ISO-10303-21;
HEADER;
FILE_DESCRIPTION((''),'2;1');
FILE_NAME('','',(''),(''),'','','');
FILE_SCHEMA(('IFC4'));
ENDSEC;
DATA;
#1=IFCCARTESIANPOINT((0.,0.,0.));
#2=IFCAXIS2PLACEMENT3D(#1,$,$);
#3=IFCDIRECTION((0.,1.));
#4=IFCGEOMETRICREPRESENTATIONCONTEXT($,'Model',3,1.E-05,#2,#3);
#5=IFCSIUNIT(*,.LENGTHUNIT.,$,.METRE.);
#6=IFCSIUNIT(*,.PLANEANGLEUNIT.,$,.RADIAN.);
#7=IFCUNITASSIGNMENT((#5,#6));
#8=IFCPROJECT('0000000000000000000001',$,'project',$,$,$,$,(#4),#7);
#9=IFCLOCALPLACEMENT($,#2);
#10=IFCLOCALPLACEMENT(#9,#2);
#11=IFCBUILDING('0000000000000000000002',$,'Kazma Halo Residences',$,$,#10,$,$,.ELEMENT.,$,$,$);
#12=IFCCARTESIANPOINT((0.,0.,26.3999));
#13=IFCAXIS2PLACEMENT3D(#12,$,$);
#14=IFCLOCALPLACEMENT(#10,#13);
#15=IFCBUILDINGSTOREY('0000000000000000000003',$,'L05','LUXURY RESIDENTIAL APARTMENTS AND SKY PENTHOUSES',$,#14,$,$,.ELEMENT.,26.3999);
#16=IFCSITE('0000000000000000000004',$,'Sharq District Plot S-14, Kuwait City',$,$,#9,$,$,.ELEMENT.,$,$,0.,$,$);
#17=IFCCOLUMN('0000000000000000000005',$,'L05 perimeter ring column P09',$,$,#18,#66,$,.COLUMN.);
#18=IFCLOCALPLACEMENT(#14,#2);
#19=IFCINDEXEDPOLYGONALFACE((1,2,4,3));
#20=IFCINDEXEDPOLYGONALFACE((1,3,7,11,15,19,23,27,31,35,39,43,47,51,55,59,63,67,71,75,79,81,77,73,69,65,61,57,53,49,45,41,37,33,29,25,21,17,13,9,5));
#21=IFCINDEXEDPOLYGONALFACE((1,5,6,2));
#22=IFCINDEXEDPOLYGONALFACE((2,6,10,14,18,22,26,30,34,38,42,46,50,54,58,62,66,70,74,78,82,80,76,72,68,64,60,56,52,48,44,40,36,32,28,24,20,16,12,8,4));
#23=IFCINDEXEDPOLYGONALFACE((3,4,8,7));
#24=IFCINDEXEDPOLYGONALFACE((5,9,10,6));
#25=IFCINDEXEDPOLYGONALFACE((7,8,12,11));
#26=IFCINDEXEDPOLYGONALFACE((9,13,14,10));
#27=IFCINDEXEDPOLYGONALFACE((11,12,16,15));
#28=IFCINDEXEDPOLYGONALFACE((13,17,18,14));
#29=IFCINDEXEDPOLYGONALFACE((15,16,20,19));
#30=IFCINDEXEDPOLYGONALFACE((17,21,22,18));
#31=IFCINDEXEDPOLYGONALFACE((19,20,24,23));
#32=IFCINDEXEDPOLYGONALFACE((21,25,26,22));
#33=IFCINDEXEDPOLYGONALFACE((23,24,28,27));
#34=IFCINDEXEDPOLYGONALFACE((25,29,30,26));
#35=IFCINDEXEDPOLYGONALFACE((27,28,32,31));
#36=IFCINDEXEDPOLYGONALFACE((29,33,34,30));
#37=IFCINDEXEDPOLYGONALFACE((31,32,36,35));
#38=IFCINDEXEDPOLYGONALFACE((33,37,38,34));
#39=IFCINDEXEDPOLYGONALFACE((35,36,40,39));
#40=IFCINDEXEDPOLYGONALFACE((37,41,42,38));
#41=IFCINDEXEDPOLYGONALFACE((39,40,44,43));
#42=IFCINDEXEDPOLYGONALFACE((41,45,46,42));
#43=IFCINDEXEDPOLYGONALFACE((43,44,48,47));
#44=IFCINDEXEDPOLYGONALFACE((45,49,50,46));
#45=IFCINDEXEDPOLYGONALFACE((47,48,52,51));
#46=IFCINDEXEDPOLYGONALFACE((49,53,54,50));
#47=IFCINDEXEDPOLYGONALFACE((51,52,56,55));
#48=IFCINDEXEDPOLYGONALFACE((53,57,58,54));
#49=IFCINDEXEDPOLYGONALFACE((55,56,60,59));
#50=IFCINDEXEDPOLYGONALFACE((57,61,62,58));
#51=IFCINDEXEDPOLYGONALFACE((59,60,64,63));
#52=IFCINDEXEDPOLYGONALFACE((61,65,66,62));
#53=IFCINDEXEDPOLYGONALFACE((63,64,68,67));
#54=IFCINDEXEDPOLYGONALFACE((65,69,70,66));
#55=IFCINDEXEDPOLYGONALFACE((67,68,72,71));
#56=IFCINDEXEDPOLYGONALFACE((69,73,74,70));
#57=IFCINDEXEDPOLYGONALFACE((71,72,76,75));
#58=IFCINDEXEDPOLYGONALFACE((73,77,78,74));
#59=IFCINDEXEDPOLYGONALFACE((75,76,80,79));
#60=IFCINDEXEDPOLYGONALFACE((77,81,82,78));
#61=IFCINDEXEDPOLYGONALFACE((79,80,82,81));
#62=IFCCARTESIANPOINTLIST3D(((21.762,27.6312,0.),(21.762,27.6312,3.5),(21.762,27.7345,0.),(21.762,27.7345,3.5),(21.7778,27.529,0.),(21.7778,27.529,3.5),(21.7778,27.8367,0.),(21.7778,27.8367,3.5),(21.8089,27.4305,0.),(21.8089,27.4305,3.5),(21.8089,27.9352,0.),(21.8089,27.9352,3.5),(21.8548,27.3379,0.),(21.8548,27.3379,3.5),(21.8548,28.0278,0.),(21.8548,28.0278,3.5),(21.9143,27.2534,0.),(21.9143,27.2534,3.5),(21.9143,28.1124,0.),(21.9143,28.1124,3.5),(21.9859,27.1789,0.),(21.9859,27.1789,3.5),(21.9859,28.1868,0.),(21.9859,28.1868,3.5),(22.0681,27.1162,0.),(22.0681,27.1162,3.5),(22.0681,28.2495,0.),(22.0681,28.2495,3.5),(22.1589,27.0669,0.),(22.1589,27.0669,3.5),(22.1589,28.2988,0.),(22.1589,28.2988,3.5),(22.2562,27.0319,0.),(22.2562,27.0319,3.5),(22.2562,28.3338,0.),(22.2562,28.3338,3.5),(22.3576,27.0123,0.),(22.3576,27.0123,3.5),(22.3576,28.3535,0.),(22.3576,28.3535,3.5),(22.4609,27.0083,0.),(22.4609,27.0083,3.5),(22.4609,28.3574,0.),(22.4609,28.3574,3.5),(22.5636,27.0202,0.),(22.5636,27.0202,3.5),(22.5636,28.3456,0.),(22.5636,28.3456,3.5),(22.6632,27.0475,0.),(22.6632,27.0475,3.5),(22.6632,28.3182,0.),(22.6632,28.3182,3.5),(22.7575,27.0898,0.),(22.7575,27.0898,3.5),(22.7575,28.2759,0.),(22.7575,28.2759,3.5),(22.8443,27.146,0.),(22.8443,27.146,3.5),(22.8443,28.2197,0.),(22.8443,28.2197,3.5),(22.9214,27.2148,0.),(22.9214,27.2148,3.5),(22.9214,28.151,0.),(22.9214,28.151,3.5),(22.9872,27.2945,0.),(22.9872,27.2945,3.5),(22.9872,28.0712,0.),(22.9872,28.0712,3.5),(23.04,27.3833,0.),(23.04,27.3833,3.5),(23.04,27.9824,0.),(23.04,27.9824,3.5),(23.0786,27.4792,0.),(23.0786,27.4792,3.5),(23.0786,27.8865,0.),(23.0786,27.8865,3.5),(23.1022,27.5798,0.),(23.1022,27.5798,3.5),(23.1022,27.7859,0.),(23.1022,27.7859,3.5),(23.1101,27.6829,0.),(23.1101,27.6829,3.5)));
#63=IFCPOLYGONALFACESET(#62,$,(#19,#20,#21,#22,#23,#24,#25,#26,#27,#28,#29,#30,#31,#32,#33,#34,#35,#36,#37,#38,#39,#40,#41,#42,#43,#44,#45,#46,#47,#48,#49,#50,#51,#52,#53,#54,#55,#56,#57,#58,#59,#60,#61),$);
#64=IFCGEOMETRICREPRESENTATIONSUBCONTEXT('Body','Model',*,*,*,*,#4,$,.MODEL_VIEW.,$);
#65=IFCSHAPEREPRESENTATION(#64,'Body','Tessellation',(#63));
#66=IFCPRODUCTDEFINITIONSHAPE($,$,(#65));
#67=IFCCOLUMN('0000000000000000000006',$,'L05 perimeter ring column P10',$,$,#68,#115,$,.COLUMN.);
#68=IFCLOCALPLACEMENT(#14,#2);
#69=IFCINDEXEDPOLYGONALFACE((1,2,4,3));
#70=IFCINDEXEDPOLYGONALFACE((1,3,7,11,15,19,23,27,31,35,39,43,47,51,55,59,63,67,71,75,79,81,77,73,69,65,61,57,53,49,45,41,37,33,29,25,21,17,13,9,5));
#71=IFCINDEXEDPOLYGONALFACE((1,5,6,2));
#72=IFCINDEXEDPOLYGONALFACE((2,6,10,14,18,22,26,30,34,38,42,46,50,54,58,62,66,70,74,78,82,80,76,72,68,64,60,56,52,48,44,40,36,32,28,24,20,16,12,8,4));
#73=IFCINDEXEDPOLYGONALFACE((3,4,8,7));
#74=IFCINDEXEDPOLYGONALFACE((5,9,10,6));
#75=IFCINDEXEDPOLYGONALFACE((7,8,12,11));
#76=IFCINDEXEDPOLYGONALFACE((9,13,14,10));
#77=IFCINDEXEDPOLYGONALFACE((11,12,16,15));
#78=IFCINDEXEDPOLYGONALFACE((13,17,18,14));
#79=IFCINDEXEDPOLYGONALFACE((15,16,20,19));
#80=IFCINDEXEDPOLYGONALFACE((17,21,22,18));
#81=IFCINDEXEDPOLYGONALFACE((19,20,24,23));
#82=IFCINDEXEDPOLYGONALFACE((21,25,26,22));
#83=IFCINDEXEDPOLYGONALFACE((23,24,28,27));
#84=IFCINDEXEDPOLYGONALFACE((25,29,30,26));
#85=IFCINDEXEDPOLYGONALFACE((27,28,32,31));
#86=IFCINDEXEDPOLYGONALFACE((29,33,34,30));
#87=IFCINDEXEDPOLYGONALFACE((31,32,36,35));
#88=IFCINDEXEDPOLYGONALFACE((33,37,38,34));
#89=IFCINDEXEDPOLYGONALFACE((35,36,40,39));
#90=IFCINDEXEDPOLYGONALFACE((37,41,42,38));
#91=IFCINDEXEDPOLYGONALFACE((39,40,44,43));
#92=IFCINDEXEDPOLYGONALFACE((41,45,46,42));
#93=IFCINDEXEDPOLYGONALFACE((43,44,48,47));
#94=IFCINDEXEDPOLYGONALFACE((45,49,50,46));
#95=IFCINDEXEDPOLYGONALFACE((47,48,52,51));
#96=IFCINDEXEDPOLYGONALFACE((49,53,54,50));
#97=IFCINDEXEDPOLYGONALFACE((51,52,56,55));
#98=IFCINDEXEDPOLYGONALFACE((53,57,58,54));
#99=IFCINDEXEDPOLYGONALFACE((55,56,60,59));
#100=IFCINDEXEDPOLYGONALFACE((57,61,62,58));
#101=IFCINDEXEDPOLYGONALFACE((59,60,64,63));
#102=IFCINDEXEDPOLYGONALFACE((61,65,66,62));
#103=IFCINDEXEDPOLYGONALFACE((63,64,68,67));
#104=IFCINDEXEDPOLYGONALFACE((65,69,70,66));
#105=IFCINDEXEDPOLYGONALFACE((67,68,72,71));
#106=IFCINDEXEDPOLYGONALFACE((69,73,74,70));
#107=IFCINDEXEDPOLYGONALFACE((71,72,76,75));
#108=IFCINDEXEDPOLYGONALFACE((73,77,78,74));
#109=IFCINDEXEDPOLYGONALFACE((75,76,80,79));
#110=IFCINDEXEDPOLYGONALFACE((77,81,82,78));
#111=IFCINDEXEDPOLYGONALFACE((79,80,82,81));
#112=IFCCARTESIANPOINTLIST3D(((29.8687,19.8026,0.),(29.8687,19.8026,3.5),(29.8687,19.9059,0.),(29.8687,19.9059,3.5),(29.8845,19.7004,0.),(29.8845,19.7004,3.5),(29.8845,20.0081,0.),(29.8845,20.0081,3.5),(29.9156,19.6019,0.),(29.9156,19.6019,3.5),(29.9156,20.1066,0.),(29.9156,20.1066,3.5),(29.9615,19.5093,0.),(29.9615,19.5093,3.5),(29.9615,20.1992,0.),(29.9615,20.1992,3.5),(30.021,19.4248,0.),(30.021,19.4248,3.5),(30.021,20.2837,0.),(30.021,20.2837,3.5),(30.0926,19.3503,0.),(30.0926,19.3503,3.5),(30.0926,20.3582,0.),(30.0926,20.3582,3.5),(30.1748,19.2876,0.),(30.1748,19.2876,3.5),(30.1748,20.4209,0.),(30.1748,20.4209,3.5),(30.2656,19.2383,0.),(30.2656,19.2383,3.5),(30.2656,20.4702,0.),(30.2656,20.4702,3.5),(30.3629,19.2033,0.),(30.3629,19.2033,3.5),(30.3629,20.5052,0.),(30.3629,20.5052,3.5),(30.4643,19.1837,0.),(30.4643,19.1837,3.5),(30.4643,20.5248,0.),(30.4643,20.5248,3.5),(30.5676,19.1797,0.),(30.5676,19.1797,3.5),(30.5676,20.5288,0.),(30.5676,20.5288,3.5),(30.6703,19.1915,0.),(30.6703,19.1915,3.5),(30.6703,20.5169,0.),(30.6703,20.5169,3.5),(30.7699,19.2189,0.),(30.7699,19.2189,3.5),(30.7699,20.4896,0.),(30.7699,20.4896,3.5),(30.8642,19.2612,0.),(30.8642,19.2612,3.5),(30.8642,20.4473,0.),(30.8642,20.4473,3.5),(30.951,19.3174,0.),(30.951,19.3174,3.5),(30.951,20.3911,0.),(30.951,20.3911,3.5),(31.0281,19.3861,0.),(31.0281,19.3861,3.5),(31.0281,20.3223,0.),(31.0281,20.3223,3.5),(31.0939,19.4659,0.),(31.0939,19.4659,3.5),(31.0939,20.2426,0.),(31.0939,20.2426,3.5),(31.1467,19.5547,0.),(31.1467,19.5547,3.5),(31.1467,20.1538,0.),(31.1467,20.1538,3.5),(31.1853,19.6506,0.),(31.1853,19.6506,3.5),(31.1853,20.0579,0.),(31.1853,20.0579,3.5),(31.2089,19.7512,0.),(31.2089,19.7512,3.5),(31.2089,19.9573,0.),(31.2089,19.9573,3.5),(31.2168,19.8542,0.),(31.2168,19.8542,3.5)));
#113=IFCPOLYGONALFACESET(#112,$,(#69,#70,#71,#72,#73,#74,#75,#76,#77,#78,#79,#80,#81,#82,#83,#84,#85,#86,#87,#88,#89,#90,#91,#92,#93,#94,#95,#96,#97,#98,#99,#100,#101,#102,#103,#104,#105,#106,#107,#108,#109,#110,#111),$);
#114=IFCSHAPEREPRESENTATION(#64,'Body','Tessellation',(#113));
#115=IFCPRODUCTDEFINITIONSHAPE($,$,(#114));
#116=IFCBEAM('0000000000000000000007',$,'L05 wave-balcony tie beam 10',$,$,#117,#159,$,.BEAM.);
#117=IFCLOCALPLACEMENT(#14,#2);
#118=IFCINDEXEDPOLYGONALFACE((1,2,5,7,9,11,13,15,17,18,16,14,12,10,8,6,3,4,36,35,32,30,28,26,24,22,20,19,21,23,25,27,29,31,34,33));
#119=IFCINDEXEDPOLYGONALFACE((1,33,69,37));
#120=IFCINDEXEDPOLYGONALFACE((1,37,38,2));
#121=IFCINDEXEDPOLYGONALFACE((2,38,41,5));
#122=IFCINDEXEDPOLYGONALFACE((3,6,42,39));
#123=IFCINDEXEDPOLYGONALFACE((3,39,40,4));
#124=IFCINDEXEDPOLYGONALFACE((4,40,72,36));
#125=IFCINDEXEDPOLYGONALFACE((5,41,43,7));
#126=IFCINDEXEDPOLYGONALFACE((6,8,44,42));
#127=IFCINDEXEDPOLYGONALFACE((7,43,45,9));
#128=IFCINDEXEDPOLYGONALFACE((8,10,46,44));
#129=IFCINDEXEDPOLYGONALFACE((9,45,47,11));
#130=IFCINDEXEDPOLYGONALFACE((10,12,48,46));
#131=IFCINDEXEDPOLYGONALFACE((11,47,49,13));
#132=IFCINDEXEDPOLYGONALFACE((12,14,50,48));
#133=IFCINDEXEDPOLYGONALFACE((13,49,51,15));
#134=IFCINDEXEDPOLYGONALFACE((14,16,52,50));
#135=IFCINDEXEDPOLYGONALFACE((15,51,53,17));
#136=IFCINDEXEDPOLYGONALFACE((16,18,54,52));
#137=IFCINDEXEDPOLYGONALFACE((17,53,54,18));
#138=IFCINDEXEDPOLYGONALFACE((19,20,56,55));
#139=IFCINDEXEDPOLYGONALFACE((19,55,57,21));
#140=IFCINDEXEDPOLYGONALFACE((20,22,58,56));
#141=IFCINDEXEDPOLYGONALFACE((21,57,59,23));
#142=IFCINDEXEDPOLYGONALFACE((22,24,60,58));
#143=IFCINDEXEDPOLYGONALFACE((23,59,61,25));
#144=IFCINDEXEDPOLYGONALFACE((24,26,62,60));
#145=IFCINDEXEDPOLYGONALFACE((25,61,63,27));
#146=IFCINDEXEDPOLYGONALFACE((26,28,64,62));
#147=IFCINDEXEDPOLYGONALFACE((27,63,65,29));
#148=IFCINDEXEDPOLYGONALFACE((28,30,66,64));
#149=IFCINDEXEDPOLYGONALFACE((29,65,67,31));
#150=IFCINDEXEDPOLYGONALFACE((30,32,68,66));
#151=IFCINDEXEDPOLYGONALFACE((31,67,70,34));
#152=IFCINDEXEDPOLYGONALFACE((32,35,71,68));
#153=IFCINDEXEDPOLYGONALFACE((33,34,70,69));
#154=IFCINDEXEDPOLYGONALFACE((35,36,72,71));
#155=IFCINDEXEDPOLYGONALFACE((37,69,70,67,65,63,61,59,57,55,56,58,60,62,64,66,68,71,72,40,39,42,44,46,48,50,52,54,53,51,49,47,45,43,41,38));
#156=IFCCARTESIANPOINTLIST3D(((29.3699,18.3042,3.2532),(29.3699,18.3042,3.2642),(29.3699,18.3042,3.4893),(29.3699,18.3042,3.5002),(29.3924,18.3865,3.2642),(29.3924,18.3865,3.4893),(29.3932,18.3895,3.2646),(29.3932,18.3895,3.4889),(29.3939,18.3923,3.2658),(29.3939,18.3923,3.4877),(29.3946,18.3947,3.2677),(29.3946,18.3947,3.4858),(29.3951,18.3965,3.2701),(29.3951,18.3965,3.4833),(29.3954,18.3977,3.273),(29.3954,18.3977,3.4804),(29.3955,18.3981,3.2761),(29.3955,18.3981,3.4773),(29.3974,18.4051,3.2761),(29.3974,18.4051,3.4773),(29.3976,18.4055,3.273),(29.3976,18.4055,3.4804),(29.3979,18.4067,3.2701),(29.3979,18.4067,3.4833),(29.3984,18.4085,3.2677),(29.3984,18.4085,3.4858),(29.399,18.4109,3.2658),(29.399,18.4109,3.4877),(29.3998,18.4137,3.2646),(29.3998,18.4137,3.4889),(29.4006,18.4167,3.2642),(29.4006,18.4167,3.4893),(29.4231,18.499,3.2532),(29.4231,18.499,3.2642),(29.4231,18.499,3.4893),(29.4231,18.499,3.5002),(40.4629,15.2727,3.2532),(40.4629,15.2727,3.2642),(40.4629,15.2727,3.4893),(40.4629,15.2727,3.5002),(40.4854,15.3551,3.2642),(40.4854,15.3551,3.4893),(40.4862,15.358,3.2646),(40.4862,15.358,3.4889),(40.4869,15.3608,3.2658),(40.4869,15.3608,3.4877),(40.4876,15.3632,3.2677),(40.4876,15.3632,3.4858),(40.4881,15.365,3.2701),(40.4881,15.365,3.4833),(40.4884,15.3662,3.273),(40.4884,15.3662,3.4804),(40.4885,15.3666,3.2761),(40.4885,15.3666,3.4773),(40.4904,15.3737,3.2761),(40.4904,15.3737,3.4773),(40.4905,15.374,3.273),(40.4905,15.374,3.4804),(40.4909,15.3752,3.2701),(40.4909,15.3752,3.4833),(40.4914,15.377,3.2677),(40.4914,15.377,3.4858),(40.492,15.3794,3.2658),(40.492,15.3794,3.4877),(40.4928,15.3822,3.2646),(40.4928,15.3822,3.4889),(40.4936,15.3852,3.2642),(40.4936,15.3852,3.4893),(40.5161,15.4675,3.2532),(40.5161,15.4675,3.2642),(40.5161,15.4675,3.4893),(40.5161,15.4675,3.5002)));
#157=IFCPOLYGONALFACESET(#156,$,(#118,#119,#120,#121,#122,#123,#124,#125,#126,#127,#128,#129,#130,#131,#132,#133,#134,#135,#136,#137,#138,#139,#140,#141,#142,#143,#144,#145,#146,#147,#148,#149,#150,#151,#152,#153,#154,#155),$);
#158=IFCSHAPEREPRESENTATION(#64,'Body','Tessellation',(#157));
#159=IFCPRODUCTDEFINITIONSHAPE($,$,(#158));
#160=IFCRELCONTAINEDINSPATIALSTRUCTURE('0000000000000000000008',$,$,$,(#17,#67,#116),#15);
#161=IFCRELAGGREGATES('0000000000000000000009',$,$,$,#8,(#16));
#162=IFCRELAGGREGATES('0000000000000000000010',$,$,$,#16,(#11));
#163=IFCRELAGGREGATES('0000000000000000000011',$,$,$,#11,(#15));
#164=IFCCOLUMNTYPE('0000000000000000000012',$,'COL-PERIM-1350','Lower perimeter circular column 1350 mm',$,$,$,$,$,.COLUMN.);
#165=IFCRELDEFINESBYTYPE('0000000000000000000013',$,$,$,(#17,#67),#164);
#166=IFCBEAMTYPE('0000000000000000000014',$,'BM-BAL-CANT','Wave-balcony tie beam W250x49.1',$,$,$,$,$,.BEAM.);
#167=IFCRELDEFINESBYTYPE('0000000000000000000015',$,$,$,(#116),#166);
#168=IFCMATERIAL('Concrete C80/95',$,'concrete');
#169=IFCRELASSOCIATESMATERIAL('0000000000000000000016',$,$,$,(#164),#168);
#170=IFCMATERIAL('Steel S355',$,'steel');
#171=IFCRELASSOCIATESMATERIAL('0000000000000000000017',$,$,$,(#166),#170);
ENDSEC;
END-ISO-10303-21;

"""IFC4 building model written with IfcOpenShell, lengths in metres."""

from ifc_helpers import new_model, si_unit, direction, frame, origin, origin_2d, place, context, subcontext, project, spatial, circle, i_section, extrude, material, material_profile, profile_set, type_object, element, save


model = new_model("IFC4")

# Units and contexts
model_context = context("Model", 3, precision=1e-05, world=origin(), true_north=direction((0.0, 1.0)))
body_context = subcontext(model_context, "Body", "Model", "MODEL_VIEW")
ifc_project = project(units=[si_unit("LENGTHUNIT", "METRE"), si_unit("PLANEANGLEUNIT", "RADIAN")], contexts=[model_context])

# Site, building, storey
site_placement = place(None, origin())
site = spatial("IfcSite", under=ifc_project, at=site_placement, Name="Sharq District Plot S-14, Kuwait City", CompositionType="ELEMENT", RefElevation=0.0)
building_placement = place(site_placement, origin())
building = spatial("IfcBuilding", under=site, at=building_placement, Name="Kazma Halo Residences", CompositionType="ELEMENT")
storey_placement = place(building_placement, frame((0.0, 0.0, 26.3999)))
storey = spatial("IfcBuildingStorey", under=building, at=storey_placement, Name="L05", Description="LUXURY RESIDENTIAL APARTMENTS AND SKY PENTHOUSES", CompositionType="ELEMENT", Elevation=26.3999)

# Columns
ifc_material_1 = material(Name="Concrete C80/95", Category="concrete")
ifc_material_profile_1 = material_profile(ifc_material_1, circle(Radius=0.675, at=origin_2d()), Name="CIRC1350")
ifc_profile_set_1 = profile_set([ifc_material_profile_1], Name="Concrete C80/95")
column_type = type_object("IfcColumnType", Name="COL-PERIM-1350", Description="Lower perimeter circular column 1350 mm", PredefinedType="COLUMN", material=ifc_profile_set_1)
for number, where, z_axis, x_axis, name in (
    (1, (22.4351, 27.6829, 0.0), (0.0, 0.0, 1.0), (1.0, 0.0, 0.0), "L05 perimeter ring column P09"),
    (2, (30.5417, 19.8542, 0.0), (0.0, 0.0, 1.0), (1.0, 0.0, 0.0), "L05 perimeter ring column P10"),
):
    element("IfcColumn", number, at=place(storey_placement, frame(where, z_axis=z_axis, x_axis=x_axis)), inside=storey, type_object=column_type, Name=name, PredefinedType="COLUMN", context=body_context, shape_type="SweptSolid", body=[
        extrude(circle(Radius=0.675, at=origin_2d()), origin(), (0.0, 0.0, 1.0), 3.5),
    ])

# Beam
ifc_material_2 = material(Name="Steel S355", Category="steel")
ifc_material_profile_2 = material_profile(ifc_material_2, i_section(OverallWidth=0.2019, OverallDepth=0.2471, WebThickness=0.0073, FlangeThickness=0.011, FilletRadius=0.012, at=origin_2d()), Name="W250x49.1")
ifc_profile_set_2 = profile_set([ifc_material_profile_2], Name="Steel S355")
beam_type_1 = type_object("IfcBeamType", Name="BM-BAL-CANT", Description="Wave-balcony tie beam W250x49.1", PredefinedType="BEAM", material=ifc_profile_set_2)
beam_1_placement = place(storey_placement, frame((29.3965, 18.4016, 3.3767), z_axis=(0.964628, -0.263613, 0.0), x_axis=(0.263613, 0.964628, 0.0)))
element("IfcBeam", 3, at=beam_1_placement, inside=storey, type_object=beam_type_1, Name="L05 wave-balcony tie beam 10", PredefinedType="BEAM", context=body_context, shape_type="SweptSolid", body=[
    extrude(i_section(OverallWidth=0.2019, OverallDepth=0.2471, WebThickness=0.0073, FlangeThickness=0.011, FilletRadius=0.012, at=origin_2d()), origin(), (0.0, 0.0, 1.0), 11.4998),
])

save(model, "model.ifc")
